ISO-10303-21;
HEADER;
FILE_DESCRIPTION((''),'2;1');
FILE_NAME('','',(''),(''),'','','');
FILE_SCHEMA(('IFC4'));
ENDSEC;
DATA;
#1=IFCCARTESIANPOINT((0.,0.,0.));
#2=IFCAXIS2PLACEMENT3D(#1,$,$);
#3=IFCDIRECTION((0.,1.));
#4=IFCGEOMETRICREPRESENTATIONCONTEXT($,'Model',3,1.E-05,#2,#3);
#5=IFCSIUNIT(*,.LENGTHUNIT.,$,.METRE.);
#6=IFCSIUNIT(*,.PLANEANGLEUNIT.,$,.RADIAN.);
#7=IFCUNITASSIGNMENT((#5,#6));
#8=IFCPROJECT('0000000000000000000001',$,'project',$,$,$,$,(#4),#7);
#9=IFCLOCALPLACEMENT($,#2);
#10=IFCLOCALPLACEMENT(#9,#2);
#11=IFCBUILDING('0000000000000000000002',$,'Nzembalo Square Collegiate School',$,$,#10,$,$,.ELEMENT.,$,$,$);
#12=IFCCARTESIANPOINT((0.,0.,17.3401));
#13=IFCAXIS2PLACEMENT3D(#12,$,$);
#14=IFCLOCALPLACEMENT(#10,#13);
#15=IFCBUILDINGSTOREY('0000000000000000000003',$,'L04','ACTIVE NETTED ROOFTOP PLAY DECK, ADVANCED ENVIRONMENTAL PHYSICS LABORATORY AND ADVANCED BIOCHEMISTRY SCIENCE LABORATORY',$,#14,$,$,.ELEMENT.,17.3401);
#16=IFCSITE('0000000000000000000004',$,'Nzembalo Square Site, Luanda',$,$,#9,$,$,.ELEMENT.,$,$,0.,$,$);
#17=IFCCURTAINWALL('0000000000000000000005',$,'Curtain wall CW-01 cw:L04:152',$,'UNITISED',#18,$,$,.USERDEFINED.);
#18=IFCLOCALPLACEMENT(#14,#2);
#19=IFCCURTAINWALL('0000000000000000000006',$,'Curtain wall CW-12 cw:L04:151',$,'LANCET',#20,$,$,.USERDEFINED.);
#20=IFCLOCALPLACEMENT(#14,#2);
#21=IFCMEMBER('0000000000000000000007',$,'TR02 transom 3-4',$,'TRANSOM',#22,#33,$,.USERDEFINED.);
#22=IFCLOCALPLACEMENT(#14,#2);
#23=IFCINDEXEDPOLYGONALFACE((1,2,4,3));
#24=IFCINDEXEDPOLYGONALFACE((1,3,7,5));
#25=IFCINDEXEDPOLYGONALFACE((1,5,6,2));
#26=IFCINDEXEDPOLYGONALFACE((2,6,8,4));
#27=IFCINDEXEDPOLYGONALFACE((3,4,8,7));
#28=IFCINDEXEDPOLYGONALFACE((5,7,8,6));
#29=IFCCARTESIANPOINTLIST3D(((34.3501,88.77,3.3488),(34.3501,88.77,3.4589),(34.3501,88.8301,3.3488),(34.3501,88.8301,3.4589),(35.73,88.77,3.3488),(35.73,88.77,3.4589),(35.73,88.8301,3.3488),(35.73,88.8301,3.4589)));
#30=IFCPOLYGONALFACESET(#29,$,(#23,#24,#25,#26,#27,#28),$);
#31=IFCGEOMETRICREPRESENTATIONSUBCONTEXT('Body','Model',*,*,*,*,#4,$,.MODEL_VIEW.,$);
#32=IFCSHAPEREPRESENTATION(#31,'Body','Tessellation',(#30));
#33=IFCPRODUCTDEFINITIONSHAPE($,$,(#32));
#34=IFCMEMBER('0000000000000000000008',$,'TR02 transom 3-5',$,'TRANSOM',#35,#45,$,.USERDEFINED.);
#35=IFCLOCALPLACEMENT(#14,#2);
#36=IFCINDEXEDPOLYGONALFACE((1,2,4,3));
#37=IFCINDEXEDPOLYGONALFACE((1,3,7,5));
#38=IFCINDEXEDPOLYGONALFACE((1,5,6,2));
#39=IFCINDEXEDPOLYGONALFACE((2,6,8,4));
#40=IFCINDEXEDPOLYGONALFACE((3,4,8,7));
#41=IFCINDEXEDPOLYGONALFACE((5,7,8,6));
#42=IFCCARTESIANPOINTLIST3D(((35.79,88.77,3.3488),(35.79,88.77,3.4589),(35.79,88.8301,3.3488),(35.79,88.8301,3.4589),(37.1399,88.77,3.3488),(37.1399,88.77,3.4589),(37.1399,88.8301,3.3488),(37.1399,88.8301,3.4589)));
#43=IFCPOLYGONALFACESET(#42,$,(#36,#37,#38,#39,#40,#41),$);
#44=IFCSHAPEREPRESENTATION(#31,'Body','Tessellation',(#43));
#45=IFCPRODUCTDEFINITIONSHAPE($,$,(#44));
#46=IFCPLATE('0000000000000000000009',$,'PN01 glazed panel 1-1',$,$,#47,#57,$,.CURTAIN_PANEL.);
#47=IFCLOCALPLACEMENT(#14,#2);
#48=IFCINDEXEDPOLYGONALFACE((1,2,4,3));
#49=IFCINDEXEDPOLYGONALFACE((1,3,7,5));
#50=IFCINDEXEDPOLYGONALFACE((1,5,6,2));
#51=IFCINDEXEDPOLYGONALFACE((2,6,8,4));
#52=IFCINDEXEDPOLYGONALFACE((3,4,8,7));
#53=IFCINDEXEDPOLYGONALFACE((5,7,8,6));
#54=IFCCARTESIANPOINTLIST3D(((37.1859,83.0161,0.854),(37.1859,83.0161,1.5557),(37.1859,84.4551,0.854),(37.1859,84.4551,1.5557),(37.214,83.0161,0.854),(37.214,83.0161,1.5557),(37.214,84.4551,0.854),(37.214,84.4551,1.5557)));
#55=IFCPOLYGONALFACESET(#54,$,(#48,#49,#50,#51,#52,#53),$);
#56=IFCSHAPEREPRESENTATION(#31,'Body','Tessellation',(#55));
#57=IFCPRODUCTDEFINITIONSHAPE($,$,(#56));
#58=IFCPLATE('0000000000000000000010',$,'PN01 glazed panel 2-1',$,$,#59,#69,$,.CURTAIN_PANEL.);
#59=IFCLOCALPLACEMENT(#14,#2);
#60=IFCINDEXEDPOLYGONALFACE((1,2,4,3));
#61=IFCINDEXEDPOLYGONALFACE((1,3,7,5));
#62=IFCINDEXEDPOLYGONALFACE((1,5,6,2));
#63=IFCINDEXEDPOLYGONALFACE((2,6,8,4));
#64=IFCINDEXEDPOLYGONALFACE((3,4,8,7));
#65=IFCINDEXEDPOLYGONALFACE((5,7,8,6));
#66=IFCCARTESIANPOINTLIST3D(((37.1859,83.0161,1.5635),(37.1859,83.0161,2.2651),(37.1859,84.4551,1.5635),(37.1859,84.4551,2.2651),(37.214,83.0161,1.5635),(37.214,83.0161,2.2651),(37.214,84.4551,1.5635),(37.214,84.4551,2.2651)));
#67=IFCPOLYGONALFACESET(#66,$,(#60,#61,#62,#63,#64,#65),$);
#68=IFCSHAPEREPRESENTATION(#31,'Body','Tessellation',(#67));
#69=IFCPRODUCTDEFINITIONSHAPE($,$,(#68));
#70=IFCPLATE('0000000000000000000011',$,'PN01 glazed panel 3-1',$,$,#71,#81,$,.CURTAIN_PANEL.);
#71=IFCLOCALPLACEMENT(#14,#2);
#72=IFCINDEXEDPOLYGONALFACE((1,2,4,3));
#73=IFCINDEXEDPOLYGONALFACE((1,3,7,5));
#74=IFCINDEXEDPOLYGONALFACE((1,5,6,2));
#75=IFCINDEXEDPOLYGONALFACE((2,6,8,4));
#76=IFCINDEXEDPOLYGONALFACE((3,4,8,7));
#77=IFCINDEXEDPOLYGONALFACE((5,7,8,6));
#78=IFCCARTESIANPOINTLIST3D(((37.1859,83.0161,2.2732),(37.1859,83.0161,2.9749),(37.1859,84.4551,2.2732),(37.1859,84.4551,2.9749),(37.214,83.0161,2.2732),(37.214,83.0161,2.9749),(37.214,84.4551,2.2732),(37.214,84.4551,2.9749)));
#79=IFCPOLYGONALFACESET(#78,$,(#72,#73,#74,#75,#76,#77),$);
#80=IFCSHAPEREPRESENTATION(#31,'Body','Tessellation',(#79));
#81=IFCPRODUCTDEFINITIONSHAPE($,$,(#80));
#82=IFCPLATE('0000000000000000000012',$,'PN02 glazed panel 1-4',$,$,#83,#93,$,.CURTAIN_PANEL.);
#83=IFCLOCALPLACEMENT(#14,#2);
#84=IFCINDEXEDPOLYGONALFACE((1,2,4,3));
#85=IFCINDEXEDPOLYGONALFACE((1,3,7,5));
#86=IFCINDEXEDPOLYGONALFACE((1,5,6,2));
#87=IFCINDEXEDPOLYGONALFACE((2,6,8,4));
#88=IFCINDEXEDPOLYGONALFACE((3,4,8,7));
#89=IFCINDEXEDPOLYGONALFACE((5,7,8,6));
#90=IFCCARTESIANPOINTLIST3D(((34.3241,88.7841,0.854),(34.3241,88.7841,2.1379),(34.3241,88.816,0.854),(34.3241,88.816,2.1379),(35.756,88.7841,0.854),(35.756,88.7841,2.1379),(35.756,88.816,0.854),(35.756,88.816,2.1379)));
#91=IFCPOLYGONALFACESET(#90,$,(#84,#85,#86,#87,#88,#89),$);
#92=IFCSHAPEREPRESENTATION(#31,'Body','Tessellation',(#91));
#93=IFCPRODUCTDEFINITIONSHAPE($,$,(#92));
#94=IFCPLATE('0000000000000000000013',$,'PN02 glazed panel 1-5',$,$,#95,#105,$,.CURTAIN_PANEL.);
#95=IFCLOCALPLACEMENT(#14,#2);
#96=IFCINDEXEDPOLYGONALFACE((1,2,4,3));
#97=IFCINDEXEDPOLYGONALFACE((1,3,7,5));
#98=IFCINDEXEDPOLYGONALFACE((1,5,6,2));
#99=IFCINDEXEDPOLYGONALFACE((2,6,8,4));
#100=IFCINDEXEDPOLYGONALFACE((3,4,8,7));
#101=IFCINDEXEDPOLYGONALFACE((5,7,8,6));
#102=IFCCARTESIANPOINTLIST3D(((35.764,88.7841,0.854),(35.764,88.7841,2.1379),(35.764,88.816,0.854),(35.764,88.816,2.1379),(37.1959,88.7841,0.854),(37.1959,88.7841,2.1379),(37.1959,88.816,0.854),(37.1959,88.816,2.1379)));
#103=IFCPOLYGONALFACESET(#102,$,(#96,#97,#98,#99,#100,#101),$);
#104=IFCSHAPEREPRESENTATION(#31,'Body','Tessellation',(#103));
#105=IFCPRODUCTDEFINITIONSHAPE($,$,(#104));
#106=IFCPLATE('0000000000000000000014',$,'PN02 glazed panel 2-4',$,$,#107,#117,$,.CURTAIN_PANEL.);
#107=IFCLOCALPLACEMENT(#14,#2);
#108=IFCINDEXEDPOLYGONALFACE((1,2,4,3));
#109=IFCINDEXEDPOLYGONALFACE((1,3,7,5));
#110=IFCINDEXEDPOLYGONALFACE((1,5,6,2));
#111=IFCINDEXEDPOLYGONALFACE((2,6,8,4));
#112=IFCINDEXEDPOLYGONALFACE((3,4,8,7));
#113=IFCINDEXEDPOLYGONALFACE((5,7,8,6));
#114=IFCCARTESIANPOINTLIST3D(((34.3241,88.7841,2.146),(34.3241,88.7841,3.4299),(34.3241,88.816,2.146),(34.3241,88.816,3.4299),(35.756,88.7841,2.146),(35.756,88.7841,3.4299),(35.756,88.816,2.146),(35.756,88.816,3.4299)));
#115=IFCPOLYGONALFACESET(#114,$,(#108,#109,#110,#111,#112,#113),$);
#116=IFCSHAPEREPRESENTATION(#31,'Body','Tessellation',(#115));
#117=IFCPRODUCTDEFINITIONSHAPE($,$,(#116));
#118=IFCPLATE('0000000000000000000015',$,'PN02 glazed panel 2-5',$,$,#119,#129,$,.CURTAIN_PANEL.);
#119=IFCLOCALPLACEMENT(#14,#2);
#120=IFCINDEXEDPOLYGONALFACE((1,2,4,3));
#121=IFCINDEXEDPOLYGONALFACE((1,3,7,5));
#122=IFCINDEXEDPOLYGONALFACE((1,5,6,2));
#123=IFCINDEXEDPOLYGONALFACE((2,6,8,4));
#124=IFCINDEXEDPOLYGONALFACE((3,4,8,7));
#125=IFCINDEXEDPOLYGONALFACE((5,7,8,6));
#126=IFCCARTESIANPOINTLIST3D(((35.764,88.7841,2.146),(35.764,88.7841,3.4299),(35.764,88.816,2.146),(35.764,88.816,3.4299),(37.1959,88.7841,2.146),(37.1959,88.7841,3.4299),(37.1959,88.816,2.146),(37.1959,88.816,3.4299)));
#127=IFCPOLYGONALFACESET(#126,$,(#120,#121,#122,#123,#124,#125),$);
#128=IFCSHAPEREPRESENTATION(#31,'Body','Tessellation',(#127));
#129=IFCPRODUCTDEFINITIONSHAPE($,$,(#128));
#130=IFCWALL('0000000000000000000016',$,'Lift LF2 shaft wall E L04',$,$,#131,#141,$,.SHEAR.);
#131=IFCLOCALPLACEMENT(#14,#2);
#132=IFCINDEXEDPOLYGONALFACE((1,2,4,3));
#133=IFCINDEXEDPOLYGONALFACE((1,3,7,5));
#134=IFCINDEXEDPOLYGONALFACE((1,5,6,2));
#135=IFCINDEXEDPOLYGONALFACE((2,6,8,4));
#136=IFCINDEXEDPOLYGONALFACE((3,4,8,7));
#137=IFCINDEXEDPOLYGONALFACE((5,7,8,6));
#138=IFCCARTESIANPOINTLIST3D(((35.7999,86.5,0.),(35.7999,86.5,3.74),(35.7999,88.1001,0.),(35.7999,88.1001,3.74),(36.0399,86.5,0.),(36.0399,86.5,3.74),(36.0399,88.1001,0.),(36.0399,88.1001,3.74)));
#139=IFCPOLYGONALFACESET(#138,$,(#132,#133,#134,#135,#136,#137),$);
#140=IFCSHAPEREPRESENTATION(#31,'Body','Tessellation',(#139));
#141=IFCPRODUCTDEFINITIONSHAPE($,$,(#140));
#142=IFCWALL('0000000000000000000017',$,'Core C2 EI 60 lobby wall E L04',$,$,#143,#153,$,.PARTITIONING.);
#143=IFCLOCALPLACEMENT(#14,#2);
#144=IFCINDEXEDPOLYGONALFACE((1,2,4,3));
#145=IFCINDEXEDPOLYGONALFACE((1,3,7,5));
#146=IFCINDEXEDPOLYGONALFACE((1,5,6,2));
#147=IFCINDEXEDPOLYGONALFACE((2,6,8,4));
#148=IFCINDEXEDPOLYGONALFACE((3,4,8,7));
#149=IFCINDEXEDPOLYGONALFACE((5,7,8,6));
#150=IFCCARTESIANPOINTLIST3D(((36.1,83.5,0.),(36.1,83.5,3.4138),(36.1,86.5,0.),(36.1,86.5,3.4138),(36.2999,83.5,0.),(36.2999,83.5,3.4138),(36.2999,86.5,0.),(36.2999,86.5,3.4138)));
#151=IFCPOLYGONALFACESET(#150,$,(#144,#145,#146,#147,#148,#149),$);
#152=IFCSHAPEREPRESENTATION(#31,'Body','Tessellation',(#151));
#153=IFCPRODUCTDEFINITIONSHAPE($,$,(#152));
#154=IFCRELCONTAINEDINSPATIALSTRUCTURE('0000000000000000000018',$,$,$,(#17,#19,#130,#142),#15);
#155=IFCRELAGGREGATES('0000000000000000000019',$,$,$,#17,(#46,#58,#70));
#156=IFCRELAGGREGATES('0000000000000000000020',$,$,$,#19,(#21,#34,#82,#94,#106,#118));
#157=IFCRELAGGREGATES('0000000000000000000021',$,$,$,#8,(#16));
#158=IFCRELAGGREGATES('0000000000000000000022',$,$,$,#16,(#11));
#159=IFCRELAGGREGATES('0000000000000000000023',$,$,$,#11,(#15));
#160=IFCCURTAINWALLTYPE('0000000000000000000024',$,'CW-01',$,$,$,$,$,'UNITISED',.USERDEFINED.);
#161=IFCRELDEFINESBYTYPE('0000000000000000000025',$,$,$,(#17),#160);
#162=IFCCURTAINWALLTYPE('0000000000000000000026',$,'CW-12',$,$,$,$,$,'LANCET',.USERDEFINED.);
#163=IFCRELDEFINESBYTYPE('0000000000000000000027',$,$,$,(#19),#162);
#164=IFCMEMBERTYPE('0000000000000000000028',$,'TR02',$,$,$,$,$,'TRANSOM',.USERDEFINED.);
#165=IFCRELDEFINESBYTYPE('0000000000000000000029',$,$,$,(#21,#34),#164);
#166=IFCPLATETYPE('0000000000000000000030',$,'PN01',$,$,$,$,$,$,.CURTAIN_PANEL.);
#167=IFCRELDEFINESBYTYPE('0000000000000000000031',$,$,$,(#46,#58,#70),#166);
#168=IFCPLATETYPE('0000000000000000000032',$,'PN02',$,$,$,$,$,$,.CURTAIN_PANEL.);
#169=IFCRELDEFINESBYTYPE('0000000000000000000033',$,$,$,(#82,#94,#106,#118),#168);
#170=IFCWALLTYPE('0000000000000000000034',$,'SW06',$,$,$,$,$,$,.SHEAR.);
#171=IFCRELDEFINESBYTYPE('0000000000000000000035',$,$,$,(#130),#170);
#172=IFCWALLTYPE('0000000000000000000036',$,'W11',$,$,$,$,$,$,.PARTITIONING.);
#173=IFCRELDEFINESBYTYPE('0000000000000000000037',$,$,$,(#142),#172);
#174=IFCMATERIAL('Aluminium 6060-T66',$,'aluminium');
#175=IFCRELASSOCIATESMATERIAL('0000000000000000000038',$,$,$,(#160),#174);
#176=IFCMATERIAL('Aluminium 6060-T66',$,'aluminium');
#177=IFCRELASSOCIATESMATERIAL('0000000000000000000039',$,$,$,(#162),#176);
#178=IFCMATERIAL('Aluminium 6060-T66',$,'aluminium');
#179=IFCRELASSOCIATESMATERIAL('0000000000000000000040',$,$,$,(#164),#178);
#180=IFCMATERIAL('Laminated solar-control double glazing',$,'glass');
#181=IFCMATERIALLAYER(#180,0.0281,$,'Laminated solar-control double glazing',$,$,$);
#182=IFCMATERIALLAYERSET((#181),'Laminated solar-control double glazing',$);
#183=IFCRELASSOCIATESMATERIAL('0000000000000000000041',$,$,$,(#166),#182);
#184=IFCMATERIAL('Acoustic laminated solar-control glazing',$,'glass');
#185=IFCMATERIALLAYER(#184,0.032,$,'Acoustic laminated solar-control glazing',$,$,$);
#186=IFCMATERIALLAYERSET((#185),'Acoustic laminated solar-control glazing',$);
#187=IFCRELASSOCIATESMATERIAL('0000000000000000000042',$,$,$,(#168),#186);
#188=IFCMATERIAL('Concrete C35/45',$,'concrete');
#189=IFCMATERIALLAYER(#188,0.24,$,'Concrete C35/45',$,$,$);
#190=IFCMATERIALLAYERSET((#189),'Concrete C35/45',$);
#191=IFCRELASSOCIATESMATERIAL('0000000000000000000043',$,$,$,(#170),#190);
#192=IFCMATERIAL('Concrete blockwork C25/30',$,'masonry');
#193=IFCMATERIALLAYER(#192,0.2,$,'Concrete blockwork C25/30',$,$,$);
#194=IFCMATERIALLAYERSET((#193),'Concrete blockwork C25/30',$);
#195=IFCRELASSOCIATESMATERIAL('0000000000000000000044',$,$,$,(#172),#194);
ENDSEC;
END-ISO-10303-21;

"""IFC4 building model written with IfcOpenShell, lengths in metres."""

from ifc_helpers import new_model, si_unit, direction, frame, frame_2d, origin, origin_2d, place, context, subcontext, project, spatial, rectangle, extrude, material, layer, layer_set, material_profile, profile_set, type_object, element, aggregate, save


model = new_model("IFC4")

# Units and contexts
model_context = context("Model", 3, precision=1e-05, world=origin(), true_north=direction((0.0, 1.0)))
body_context = subcontext(model_context, "Body", "Model", "MODEL_VIEW")
ifc_project = project(units=[si_unit("LENGTHUNIT", "METRE"), si_unit("PLANEANGLEUNIT", "RADIAN")], contexts=[model_context])

# Site, building, storey
site_placement = place(None, origin())
site = spatial("IfcSite", under=ifc_project, at=site_placement, Name="Nzembalo Square Site, Luanda", CompositionType="ELEMENT", RefElevation=0.0)
building_placement = place(site_placement, origin())
building = spatial("IfcBuilding", under=site, at=building_placement, Name="Nzembalo Square Collegiate School", CompositionType="ELEMENT")
storey_placement = place(building_placement, frame((0.0, 0.0, 17.3401)))
storey = spatial("IfcBuildingStorey", under=building, at=storey_placement, Name="L04", Description="ACTIVE NETTED ROOFTOP PLAY DECK, ADVANCED ENVIRONMENTAL PHYSICS LABORATORY AND ADVANCED BIOCHEMISTRY SCIENCE LABORATORY", CompositionType="ELEMENT", Elevation=17.3401)

# Curtain wall
ifc_material_1 = material(Name="Aluminium 6060-T66", Category="aluminium")
curtain_wall_type_1 = type_object("IfcCurtainWallType", Name="CW-01", ElementType="UNITISED", PredefinedType="USERDEFINED", material=ifc_material_1)
curtain_wall_1_placement = place(storey_placement, origin())
curtain_wall_1 = element("IfcCurtainWall", 1, at=curtain_wall_1_placement, inside=storey, type_object=curtain_wall_type_1, Name="Curtain wall CW-01 cw:L04:152", ObjectType="UNITISED", PredefinedType="USERDEFINED")

# Curtain wall
ifc_material_2 = material(Name="Aluminium 6060-T66", Category="aluminium")
curtain_wall_type_2 = type_object("IfcCurtainWallType", Name="CW-12", ElementType="LANCET", PredefinedType="USERDEFINED", material=ifc_material_2)
curtain_wall_2_placement = place(storey_placement, origin())
curtain_wall_2 = element("IfcCurtainWall", 2, at=curtain_wall_2_placement, inside=storey, type_object=curtain_wall_type_2, Name="Curtain wall CW-12 cw:L04:151", ObjectType="LANCET", PredefinedType="USERDEFINED")

# Members
ifc_material_3 = material(Name="Aluminium 6060-T66", Category="aluminium")
ifc_material_profile_1 = material_profile(ifc_material_3, rectangle(XDim=0.0601, YDim=0.1101, at=origin_2d()), Name="ALU T60x110")
ifc_profile_set_1 = profile_set([ifc_material_profile_1], Name="Aluminium 6060-T66")
member_type_1 = type_object("IfcMemberType", Name="TR02", ElementType="TRANSOM", PredefinedType="USERDEFINED", material=ifc_profile_set_1)
member_1_placement = place(storey_placement, frame((34.3501, 88.8, 3.4038), z_axis=(1.0, 0.0, 0.0), x_axis=(0.0, 1.0, 0.0)))
member_1 = element("IfcMember", 3, at=member_1_placement, type_object=member_type_1, Name="TR02 transom 3-4", ObjectType="TRANSOM", PredefinedType="USERDEFINED", context=body_context, shape_type="SweptSolid", body=[
    extrude(rectangle(XDim=0.0601, YDim=0.1101, at=origin_2d()), origin(), (0.0, 0.0, 1.0), 1.3799),
])
member_2_placement = place(storey_placement, frame((35.79, 88.8, 3.4038), z_axis=(1.0, 0.0, 0.0), x_axis=(0.0, 1.0, 0.0)))
member_2 = element("IfcMember", 4, at=member_2_placement, type_object=member_type_1, Name="TR02 transom 3-5", ObjectType="TRANSOM", PredefinedType="USERDEFINED", context=body_context, shape_type="SweptSolid", body=[
    extrude(rectangle(XDim=0.0601, YDim=0.1101, at=origin_2d()), origin(), (0.0, 0.0, 1.0), 1.3499),
])

# Plates
ifc_material_4 = material(Name="Laminated solar-control double glazing", Category="glass")
ifc_layer_1 = layer(ifc_material_4, 0.0281, Name="Laminated solar-control double glazing")
ifc_layer_set_1 = layer_set([ifc_layer_1], Name="Laminated solar-control double glazing")
plate_type_1 = type_object("IfcPlateType", Name="PN01", PredefinedType="CURTAIN_PANEL", material=ifc_layer_set_1)
plate_1_placement = place(storey_placement, frame((37.2, 83.7356, 0.854), z_axis=(0.0, 0.0, 1.0), x_axis=(0.0, 1.0, 0.0)))
plate_1 = element("IfcPlate", 5, at=plate_1_placement, type_object=plate_type_1, Name="PN01 glazed panel 1-1", PredefinedType="CURTAIN_PANEL", context=body_context, shape_type="SweptSolid", body=[
    extrude(rectangle(XDim=1.439, YDim=0.0281, at=origin_2d()), origin(), (0.0, 0.0, 1.0), 0.7017),
])
plate_2_placement = place(storey_placement, frame((37.2, 83.7356, 1.5635), z_axis=(0.0, 0.0, 1.0), x_axis=(0.0, 1.0, 0.0)))
plate_2 = element("IfcPlate", 6, at=plate_2_placement, type_object=plate_type_1, Name="PN01 glazed panel 2-1", PredefinedType="CURTAIN_PANEL", context=body_context, shape_type="SweptSolid", body=[
    extrude(rectangle(XDim=1.439, YDim=0.0281, at=origin_2d()), origin(), (0.0, 0.0, 1.0), 0.7017),
])
plate_3_placement = place(storey_placement, frame((37.2, 83.7356, 2.2732), z_axis=(0.0, 0.0, 1.0), x_axis=(0.0, 1.0, 0.0)))
plate_3 = element("IfcPlate", 7, at=plate_3_placement, type_object=plate_type_1, Name="PN01 glazed panel 3-1", PredefinedType="CURTAIN_PANEL", context=body_context, shape_type="SweptSolid", body=[
    extrude(rectangle(XDim=1.439, YDim=0.0281, at=origin_2d()), origin(), (0.0, 0.0, 1.0), 0.7017),
])
aggregate(curtain_wall_1, [plate_1, plate_2, plate_3])
ifc_material_5 = material(Name="Acoustic laminated solar-control glazing", Category="glass")
ifc_layer_2 = layer(ifc_material_5, 0.032, Name="Acoustic laminated solar-control glazing")
ifc_layer_set_2 = layer_set([ifc_layer_2], Name="Acoustic laminated solar-control glazing")
plate_type_2 = type_object("IfcPlateType", Name="PN02", PredefinedType="CURTAIN_PANEL", material=ifc_layer_set_2)
plate_4_placement = place(storey_placement, frame((35.04, 88.8, 0.854), z_axis=(0.0, 0.0, 1.0), x_axis=(1.0, 0.0, 0.0)))
plate_4 = element("IfcPlate", 8, at=plate_4_placement, type_object=plate_type_2, Name="PN02 glazed panel 1-4", PredefinedType="CURTAIN_PANEL", context=body_context, shape_type="SweptSolid", body=[
    extrude(rectangle(XDim=1.4319, YDim=0.032, at=origin_2d()), origin(), (0.0, 0.0, 1.0), 1.2839),
])
plate_5_placement = place(storey_placement, frame((36.48, 88.8, 0.854), z_axis=(0.0, 0.0, 1.0), x_axis=(1.0, 0.0, 0.0)))
plate_5 = element("IfcPlate", 9, at=plate_5_placement, type_object=plate_type_2, Name="PN02 glazed panel 1-5", PredefinedType="CURTAIN_PANEL", context=body_context, shape_type="SweptSolid", body=[
    extrude(rectangle(XDim=1.4319, YDim=0.032, at=origin_2d()), origin(), (0.0, 0.0, 1.0), 1.2839),
])
plate_6_placement = place(storey_placement, frame((35.04, 88.8, 2.146), z_axis=(0.0, 0.0, 1.0), x_axis=(1.0, 0.0, 0.0)))
plate_6 = element("IfcPlate", 10, at=plate_6_placement, type_object=plate_type_2, Name="PN02 glazed panel 2-4", PredefinedType="CURTAIN_PANEL", context=body_context, shape_type="SweptSolid", body=[
    extrude(rectangle(XDim=1.4319, YDim=0.032, at=origin_2d()), origin(), (0.0, 0.0, 1.0), 1.2839),
])
plate_7_placement = place(storey_placement, frame((36.48, 88.8, 2.146), z_axis=(0.0, 0.0, 1.0), x_axis=(1.0, 0.0, 0.0)))
plate_7 = element("IfcPlate", 11, at=plate_7_placement, type_object=plate_type_2, Name="PN02 glazed panel 2-5", PredefinedType="CURTAIN_PANEL", context=body_context, shape_type="SweptSolid", body=[
    extrude(rectangle(XDim=1.4319, YDim=0.032, at=origin_2d()), origin(), (0.0, 0.0, 1.0), 1.2839),
])
aggregate(curtain_wall_2, [member_1, member_2, plate_4, plate_5, plate_6, plate_7])

# Walls
ifc_material_6 = material(Name="Concrete C35/45", Category="concrete")
ifc_layer_3 = layer(ifc_material_6, 0.24, Name="Concrete C35/45")
ifc_layer_set_3 = layer_set([ifc_layer_3], Name="Concrete C35/45")
wall_type_1 = type_object("IfcWallType", Name="SW06", PredefinedType="SHEAR", material=ifc_layer_set_3)
wall_1_placement = place(storey_placement, frame((35.9199, 86.5, 0.0), z_axis=(0.0, 0.0, 1.0), x_axis=(0.0, 1.0, 0.0)))
element("IfcWall", 12, at=wall_1_placement, inside=storey, type_object=wall_type_1, Name="Lift LF2 shaft wall E L04", PredefinedType="SHEAR", context=body_context, shape_type="SweptSolid", body=[
    extrude(rectangle(XDim=1.6001, YDim=0.24, at=frame_2d((0.8, 0.0))), origin(), (0.0, 0.0, 1.0), 3.74),
])
ifc_material_7 = material(Name="Concrete blockwork C25/30", Category="masonry")
ifc_layer_4 = layer(ifc_material_7, 0.2, Name="Concrete blockwork C25/30")
ifc_layer_set_4 = layer_set([ifc_layer_4], Name="Concrete blockwork C25/30")
wall_type_2 = type_object("IfcWallType", Name="W11", PredefinedType="PARTITIONING", material=ifc_layer_set_4)
wall_2_placement = place(storey_placement, frame((36.2, 83.5, 0.0), z_axis=(0.0, 0.0, 1.0), x_axis=(0.0, 1.0, 0.0)))
element("IfcWall", 13, at=wall_2_placement, inside=storey, type_object=wall_type_2, Name="Core C2 EI 60 lobby wall E L04", PredefinedType="PARTITIONING", context=body_context, shape_type="SweptSolid", body=[
    extrude(rectangle(XDim=3.0, YDim=0.2, at=frame_2d((1.5, 0.0))), origin(), (0.0, 0.0, 1.0), 3.4138),
])

save(model, "model.ifc")
